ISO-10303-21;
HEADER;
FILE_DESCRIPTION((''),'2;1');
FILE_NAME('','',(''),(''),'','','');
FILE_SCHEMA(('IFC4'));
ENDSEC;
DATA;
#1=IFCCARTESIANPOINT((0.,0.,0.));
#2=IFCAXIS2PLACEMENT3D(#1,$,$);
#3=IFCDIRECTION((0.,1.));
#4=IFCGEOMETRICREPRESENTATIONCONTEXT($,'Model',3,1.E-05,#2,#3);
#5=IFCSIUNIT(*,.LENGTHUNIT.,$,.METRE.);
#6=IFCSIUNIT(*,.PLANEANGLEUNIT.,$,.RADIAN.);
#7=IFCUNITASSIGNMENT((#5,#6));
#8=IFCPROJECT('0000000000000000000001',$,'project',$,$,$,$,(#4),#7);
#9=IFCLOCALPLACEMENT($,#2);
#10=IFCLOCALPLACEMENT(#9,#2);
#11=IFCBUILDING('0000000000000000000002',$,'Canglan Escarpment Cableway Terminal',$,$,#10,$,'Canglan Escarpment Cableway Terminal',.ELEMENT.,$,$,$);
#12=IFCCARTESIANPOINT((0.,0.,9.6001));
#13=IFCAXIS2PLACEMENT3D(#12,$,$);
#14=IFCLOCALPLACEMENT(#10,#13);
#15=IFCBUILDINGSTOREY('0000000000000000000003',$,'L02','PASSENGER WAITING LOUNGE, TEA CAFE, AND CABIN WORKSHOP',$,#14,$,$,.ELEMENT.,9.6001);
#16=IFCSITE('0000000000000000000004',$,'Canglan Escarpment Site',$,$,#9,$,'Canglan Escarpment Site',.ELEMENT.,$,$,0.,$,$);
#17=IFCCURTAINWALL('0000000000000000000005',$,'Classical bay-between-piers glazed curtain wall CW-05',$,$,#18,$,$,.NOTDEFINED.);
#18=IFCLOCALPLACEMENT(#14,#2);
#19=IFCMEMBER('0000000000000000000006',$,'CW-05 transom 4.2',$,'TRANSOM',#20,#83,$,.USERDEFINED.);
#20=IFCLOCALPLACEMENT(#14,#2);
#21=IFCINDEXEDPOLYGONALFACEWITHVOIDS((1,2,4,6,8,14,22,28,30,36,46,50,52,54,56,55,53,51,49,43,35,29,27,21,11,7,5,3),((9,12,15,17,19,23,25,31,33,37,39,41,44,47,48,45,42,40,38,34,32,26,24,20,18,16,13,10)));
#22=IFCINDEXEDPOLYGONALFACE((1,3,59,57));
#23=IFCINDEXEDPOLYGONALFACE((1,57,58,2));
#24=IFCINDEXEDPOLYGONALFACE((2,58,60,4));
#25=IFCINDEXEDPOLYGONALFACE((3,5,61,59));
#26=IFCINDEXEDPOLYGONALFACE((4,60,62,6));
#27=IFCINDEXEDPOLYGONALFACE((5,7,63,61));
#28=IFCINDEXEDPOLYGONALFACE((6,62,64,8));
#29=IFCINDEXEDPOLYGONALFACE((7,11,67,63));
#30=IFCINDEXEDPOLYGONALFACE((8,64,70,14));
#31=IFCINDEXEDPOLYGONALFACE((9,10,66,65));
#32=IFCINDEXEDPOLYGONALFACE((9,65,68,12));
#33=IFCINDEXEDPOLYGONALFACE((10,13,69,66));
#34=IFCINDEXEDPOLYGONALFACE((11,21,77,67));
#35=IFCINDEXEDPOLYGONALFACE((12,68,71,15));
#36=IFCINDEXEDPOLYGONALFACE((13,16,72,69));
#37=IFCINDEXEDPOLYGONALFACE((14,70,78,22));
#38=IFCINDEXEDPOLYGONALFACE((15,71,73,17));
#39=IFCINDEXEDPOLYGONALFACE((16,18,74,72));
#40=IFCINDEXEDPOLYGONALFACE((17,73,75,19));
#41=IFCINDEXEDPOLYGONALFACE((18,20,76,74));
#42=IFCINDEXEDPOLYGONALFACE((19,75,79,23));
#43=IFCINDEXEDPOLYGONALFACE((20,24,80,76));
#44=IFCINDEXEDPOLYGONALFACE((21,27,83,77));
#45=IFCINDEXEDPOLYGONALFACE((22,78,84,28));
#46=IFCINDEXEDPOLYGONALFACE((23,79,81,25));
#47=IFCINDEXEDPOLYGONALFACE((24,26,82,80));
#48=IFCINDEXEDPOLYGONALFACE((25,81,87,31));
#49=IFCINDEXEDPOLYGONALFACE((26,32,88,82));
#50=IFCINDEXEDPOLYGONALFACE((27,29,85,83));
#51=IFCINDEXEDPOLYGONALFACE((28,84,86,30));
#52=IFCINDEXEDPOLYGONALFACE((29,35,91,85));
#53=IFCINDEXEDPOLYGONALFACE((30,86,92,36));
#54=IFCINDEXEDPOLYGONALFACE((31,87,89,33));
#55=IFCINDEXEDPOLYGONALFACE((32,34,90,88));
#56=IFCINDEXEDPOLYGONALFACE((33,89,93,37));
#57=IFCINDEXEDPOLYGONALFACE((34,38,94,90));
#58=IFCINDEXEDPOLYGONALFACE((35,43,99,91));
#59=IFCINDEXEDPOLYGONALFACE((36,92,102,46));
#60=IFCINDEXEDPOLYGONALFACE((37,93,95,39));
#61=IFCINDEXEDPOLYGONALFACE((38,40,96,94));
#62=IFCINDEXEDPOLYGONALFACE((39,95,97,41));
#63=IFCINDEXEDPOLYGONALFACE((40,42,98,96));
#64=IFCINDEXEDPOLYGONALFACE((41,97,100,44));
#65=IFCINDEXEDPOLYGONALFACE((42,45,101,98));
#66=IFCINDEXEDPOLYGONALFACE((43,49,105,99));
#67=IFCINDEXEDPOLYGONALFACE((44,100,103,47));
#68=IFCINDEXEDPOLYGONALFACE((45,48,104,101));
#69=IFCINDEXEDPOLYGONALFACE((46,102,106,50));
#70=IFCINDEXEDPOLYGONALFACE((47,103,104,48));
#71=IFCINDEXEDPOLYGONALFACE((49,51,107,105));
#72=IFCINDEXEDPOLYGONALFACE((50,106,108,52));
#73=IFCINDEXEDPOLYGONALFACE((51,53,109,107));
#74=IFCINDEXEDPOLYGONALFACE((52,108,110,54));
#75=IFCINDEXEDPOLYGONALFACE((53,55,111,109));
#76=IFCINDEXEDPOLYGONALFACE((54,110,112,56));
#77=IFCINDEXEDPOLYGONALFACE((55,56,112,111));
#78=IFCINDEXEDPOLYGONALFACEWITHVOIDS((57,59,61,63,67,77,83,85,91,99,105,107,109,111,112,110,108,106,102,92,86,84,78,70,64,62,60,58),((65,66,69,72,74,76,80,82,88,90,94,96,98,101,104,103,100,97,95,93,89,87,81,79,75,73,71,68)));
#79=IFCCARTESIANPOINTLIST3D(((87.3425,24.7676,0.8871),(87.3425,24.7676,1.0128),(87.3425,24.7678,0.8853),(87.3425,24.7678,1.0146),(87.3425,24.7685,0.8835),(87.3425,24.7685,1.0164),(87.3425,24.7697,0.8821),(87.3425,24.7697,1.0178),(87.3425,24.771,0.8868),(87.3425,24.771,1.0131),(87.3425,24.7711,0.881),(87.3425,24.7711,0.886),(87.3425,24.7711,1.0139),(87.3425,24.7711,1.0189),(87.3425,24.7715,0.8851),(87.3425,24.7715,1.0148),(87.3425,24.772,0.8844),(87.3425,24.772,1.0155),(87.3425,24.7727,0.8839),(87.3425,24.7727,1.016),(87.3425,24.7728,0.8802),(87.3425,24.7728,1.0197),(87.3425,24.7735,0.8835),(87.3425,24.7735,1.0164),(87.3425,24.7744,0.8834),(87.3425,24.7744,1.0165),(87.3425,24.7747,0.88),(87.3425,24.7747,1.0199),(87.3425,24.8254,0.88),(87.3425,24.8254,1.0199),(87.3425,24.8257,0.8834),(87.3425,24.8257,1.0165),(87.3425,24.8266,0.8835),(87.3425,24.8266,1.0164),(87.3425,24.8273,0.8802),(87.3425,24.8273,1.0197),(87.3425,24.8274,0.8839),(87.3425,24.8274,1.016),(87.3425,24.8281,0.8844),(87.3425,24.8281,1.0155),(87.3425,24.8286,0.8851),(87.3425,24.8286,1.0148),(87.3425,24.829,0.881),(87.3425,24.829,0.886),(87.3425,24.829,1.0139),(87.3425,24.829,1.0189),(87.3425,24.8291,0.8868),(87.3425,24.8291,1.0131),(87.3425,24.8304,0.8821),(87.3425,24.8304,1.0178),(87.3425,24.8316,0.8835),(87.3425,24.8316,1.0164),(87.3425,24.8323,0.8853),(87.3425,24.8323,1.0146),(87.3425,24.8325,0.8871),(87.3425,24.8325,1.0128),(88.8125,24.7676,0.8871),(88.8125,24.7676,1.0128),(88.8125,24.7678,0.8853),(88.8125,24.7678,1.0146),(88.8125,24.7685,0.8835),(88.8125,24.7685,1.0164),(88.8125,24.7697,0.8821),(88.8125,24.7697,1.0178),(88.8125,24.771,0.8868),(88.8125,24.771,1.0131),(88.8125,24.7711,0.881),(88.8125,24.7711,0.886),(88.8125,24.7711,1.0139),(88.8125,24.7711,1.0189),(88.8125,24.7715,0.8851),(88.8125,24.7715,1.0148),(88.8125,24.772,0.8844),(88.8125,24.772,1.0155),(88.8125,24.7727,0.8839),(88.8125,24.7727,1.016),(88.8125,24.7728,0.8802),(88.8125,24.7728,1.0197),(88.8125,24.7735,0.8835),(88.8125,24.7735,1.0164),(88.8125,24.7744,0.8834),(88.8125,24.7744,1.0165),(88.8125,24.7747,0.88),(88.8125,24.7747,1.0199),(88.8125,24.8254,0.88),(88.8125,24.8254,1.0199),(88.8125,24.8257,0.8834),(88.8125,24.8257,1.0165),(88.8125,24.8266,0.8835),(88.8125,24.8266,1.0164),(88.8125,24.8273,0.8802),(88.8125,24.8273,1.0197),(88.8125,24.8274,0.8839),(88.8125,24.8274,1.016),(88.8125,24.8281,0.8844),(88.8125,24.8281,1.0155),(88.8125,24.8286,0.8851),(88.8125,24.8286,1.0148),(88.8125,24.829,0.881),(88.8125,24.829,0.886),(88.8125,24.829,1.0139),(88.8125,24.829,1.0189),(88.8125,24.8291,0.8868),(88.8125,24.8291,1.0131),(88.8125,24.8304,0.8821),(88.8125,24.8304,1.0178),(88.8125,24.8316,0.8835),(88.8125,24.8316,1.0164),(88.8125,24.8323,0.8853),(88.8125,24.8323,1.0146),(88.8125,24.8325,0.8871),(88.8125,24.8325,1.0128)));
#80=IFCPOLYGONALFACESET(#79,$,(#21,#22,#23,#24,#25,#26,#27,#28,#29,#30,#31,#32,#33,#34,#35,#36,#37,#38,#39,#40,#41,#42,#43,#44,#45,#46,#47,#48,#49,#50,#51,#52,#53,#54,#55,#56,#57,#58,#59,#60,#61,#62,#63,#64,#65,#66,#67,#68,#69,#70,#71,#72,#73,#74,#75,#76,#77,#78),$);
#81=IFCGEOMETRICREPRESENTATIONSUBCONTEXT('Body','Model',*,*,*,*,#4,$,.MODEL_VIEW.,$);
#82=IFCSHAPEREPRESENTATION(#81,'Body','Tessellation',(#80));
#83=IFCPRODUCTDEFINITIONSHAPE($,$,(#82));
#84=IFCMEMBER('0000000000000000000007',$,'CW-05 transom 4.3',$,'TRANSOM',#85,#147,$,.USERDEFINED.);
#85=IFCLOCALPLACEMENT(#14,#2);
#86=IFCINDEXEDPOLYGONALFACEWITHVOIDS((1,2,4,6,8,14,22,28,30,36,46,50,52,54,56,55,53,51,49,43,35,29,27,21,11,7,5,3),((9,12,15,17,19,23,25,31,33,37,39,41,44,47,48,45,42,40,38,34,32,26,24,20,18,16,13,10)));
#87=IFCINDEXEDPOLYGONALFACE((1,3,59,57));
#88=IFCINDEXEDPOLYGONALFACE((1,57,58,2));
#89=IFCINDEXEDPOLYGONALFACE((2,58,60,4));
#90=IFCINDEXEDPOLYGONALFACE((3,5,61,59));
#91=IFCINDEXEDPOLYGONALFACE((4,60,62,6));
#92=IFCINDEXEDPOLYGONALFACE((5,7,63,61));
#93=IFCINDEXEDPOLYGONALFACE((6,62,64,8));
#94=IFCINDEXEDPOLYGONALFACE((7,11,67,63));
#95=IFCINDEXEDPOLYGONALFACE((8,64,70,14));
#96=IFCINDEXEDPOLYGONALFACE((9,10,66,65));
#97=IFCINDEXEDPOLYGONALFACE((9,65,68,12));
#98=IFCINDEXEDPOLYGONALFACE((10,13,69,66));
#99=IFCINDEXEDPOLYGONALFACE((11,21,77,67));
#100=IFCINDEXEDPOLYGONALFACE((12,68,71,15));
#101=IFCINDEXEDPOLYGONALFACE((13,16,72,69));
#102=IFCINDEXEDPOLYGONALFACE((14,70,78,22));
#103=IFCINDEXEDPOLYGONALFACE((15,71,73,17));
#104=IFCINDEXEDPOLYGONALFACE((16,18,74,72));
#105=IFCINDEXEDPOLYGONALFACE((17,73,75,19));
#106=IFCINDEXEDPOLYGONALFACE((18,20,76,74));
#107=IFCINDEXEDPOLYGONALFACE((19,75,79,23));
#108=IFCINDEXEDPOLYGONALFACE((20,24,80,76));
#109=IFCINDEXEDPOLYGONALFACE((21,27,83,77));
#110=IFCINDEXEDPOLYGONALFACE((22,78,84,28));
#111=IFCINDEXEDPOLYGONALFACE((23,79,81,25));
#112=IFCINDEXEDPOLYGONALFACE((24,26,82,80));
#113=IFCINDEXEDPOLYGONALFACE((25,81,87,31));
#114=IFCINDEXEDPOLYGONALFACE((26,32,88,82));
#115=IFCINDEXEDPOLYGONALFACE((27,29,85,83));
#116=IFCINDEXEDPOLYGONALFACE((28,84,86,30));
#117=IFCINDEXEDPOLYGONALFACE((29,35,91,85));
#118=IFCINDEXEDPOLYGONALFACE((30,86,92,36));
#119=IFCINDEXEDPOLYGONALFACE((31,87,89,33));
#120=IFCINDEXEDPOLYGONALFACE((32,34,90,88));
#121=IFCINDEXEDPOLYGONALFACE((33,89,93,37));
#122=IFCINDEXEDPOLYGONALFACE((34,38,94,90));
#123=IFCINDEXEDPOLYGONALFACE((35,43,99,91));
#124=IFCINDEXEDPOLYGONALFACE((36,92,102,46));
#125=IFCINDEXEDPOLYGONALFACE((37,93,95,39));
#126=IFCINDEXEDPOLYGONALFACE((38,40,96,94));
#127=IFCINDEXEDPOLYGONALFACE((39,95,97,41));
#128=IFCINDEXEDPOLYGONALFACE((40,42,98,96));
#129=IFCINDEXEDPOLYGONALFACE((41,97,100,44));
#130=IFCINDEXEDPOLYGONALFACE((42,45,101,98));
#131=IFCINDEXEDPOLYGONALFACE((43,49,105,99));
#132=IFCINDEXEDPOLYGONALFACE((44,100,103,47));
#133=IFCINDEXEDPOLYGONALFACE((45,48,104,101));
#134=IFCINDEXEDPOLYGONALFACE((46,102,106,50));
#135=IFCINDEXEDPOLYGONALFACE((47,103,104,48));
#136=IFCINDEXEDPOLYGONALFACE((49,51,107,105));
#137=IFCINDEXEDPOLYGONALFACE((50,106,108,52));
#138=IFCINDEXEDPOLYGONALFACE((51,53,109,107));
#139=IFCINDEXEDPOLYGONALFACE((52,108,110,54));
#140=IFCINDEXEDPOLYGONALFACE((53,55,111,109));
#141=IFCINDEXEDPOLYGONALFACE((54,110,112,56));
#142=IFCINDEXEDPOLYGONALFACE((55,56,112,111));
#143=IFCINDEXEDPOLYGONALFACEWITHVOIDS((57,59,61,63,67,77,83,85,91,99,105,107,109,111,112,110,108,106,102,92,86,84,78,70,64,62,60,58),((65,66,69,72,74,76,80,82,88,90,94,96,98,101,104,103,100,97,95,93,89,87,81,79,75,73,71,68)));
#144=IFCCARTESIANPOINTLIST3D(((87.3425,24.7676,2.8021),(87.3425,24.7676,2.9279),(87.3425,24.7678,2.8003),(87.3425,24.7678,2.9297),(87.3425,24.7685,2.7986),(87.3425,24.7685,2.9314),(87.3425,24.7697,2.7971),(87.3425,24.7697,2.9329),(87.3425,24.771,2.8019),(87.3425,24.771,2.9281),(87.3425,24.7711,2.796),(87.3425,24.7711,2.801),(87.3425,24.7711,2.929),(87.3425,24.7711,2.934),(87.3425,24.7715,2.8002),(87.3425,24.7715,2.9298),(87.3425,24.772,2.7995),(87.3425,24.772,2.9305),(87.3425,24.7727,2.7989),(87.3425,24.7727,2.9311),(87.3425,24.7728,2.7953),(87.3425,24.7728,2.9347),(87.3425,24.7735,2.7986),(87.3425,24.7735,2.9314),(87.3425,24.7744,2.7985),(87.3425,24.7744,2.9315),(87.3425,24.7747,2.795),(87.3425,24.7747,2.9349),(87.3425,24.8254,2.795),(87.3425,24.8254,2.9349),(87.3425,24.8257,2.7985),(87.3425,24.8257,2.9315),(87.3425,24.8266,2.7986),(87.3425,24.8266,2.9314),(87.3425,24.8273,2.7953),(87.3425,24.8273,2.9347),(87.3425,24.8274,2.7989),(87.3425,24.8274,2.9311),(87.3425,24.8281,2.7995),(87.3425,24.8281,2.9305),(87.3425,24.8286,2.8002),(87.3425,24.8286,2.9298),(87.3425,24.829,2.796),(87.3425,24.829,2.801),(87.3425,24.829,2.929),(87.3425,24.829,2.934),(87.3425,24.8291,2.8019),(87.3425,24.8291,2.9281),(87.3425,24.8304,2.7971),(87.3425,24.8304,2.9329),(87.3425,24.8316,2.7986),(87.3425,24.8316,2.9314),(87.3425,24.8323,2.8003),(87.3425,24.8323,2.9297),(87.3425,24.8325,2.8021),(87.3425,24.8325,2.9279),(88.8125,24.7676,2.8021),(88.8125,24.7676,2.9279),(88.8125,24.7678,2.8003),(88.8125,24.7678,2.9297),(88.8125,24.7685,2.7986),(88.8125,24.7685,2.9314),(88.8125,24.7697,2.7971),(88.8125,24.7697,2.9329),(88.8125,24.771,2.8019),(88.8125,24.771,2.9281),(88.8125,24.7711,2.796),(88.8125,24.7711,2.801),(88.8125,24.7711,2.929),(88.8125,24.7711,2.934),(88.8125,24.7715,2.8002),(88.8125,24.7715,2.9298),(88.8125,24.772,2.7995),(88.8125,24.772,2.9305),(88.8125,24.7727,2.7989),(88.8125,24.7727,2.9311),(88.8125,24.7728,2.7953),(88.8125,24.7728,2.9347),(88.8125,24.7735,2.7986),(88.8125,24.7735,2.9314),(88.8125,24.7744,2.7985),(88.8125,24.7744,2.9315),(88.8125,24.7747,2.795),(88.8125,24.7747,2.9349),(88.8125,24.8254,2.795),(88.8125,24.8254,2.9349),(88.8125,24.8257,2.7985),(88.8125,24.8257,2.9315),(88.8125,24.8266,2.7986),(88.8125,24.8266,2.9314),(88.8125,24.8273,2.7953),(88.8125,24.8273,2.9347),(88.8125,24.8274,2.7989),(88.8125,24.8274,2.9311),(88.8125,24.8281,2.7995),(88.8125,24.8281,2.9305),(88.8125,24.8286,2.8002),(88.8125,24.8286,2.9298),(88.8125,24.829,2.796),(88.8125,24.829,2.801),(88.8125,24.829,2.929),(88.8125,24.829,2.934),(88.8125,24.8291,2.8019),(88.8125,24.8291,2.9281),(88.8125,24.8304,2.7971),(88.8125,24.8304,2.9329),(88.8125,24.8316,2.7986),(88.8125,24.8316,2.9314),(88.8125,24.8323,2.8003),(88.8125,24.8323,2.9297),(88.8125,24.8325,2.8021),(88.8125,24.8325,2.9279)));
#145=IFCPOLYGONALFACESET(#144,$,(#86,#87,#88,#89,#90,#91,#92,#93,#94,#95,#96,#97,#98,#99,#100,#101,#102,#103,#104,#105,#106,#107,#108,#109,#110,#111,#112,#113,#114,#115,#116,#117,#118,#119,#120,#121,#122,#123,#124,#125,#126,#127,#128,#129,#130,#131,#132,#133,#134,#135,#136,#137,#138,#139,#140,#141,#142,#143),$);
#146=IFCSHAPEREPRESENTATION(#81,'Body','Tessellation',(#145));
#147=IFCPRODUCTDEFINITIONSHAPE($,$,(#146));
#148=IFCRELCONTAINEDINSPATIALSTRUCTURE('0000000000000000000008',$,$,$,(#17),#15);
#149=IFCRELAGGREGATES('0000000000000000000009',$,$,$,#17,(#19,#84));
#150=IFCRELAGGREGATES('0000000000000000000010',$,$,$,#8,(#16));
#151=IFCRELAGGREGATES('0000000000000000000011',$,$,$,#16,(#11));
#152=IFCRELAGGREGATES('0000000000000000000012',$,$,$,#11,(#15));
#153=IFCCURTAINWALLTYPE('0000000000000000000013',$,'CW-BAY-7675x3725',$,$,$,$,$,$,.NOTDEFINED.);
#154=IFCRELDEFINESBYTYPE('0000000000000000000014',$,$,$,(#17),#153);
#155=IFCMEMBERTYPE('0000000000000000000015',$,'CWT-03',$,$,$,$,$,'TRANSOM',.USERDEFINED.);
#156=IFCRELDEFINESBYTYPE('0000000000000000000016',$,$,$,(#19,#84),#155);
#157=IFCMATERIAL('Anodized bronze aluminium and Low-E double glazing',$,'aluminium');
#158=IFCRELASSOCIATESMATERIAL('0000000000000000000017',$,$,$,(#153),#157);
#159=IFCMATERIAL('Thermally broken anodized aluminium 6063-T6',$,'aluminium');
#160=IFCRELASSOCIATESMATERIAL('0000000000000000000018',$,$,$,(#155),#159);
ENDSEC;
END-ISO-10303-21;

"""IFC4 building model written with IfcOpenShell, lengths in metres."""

from ifc_helpers import new_model, si_unit, direction, frame, origin, origin_2d, place, context, subcontext, project, spatial, hollow_rectangle, extrude, material, material_profile, profile_set, type_object, element, aggregate, save


model = new_model("IFC4")

# Units and contexts
model_context = context("Model", 3, precision=1e-05, world=origin(), true_north=direction((0.0, 1.0)))
body_context = subcontext(model_context, "Body", "Model", "MODEL_VIEW")
ifc_project = project(units=[si_unit("LENGTHUNIT", "METRE"), si_unit("PLANEANGLEUNIT", "RADIAN")], contexts=[model_context])

# Site, building, storey
site_placement = place(None, origin())
site = spatial("IfcSite", under=ifc_project, at=site_placement, Name="Canglan Escarpment Site", LongName="Canglan Escarpment Site", CompositionType="ELEMENT", RefElevation=0.0)
building_placement = place(site_placement, origin())
building = spatial("IfcBuilding", under=site, at=building_placement, Name="Canglan Escarpment Cableway Terminal", LongName="Canglan Escarpment Cableway Terminal", CompositionType="ELEMENT")
storey_placement = place(building_placement, frame((0.0, 0.0, 9.6001)))
storey = spatial("IfcBuildingStorey", under=building, at=storey_placement, Name="L02", Description="PASSENGER WAITING LOUNGE, TEA CAFE, AND CABIN WORKSHOP", CompositionType="ELEMENT", Elevation=9.6001)

# Curtain wall, members
ifc_material_1 = material(Name="Anodized bronze aluminium and Low-E double glazing", Category="aluminium")
curtain_wall_type = type_object("IfcCurtainWallType", Name="CW-BAY-7675x3725", PredefinedType="NOTDEFINED", material=ifc_material_1)
curtain_wall_placement = place(storey_placement, origin())
curtain_wall = element("IfcCurtainWall", 1, at=curtain_wall_placement, inside=storey, type_object=curtain_wall_type, Name="Classical bay-between-piers glazed curtain wall CW-05", PredefinedType="NOTDEFINED")
ifc_material_2 = material(Name="Thermally broken anodized aluminium 6063-T6", Category="aluminium")
ifc_material_profile_1 = material_profile(ifc_material_2, hollow_rectangle(XDim=0.0649, YDim=0.1399, WallThickness=0.0034, InnerFilletRadius=0.0034, OuterFilletRadius=0.0071, at=origin_2d()), Name="ALU-TRAN 65x140x3.5")
ifc_profile_set_1 = profile_set([ifc_material_profile_1], Name="Thermally broken anodized aluminium 6063-T6")
member_type_1 = type_object("IfcMemberType", Name="CWT-03", ElementType="TRANSOM", PredefinedType="USERDEFINED", material=ifc_profile_set_1)
member_1_placement = place(storey_placement, frame((88.8125, 24.8, 0.95), z_axis=(-1.0, 0.0, 0.0), x_axis=(0.0, -1.0, 0.0)))
member_1 = element("IfcMember", 2, at=member_1_placement, type_object=member_type_1, Name="CW-05 transom 4.2", ObjectType="TRANSOM", PredefinedType="USERDEFINED", context=body_context, shape_type="SweptSolid", body=[
    extrude(hollow_rectangle(XDim=0.0649, YDim=0.1399, WallThickness=0.0034, InnerFilletRadius=0.0034, OuterFilletRadius=0.0071, at=origin_2d()), origin(), (0.0, 0.0, 1.0), 1.47),
])
member_2_placement = place(storey_placement, frame((88.8125, 24.8, 2.865), z_axis=(-1.0, 0.0, 0.0), x_axis=(0.0, -1.0, 0.0)))
member_2 = element("IfcMember", 3, at=member_2_placement, type_object=member_type_1, Name="CW-05 transom 4.3", ObjectType="TRANSOM", PredefinedType="USERDEFINED", context=body_context, shape_type="SweptSolid", body=[
    extrude(hollow_rectangle(XDim=0.0649, YDim=0.1399, WallThickness=0.0034, InnerFilletRadius=0.0034, OuterFilletRadius=0.0071, at=origin_2d()), origin(), (0.0, 0.0, 1.0), 1.47),
])
aggregate(curtain_wall, [member_1, member_2])

save(model, "model.ifc")
